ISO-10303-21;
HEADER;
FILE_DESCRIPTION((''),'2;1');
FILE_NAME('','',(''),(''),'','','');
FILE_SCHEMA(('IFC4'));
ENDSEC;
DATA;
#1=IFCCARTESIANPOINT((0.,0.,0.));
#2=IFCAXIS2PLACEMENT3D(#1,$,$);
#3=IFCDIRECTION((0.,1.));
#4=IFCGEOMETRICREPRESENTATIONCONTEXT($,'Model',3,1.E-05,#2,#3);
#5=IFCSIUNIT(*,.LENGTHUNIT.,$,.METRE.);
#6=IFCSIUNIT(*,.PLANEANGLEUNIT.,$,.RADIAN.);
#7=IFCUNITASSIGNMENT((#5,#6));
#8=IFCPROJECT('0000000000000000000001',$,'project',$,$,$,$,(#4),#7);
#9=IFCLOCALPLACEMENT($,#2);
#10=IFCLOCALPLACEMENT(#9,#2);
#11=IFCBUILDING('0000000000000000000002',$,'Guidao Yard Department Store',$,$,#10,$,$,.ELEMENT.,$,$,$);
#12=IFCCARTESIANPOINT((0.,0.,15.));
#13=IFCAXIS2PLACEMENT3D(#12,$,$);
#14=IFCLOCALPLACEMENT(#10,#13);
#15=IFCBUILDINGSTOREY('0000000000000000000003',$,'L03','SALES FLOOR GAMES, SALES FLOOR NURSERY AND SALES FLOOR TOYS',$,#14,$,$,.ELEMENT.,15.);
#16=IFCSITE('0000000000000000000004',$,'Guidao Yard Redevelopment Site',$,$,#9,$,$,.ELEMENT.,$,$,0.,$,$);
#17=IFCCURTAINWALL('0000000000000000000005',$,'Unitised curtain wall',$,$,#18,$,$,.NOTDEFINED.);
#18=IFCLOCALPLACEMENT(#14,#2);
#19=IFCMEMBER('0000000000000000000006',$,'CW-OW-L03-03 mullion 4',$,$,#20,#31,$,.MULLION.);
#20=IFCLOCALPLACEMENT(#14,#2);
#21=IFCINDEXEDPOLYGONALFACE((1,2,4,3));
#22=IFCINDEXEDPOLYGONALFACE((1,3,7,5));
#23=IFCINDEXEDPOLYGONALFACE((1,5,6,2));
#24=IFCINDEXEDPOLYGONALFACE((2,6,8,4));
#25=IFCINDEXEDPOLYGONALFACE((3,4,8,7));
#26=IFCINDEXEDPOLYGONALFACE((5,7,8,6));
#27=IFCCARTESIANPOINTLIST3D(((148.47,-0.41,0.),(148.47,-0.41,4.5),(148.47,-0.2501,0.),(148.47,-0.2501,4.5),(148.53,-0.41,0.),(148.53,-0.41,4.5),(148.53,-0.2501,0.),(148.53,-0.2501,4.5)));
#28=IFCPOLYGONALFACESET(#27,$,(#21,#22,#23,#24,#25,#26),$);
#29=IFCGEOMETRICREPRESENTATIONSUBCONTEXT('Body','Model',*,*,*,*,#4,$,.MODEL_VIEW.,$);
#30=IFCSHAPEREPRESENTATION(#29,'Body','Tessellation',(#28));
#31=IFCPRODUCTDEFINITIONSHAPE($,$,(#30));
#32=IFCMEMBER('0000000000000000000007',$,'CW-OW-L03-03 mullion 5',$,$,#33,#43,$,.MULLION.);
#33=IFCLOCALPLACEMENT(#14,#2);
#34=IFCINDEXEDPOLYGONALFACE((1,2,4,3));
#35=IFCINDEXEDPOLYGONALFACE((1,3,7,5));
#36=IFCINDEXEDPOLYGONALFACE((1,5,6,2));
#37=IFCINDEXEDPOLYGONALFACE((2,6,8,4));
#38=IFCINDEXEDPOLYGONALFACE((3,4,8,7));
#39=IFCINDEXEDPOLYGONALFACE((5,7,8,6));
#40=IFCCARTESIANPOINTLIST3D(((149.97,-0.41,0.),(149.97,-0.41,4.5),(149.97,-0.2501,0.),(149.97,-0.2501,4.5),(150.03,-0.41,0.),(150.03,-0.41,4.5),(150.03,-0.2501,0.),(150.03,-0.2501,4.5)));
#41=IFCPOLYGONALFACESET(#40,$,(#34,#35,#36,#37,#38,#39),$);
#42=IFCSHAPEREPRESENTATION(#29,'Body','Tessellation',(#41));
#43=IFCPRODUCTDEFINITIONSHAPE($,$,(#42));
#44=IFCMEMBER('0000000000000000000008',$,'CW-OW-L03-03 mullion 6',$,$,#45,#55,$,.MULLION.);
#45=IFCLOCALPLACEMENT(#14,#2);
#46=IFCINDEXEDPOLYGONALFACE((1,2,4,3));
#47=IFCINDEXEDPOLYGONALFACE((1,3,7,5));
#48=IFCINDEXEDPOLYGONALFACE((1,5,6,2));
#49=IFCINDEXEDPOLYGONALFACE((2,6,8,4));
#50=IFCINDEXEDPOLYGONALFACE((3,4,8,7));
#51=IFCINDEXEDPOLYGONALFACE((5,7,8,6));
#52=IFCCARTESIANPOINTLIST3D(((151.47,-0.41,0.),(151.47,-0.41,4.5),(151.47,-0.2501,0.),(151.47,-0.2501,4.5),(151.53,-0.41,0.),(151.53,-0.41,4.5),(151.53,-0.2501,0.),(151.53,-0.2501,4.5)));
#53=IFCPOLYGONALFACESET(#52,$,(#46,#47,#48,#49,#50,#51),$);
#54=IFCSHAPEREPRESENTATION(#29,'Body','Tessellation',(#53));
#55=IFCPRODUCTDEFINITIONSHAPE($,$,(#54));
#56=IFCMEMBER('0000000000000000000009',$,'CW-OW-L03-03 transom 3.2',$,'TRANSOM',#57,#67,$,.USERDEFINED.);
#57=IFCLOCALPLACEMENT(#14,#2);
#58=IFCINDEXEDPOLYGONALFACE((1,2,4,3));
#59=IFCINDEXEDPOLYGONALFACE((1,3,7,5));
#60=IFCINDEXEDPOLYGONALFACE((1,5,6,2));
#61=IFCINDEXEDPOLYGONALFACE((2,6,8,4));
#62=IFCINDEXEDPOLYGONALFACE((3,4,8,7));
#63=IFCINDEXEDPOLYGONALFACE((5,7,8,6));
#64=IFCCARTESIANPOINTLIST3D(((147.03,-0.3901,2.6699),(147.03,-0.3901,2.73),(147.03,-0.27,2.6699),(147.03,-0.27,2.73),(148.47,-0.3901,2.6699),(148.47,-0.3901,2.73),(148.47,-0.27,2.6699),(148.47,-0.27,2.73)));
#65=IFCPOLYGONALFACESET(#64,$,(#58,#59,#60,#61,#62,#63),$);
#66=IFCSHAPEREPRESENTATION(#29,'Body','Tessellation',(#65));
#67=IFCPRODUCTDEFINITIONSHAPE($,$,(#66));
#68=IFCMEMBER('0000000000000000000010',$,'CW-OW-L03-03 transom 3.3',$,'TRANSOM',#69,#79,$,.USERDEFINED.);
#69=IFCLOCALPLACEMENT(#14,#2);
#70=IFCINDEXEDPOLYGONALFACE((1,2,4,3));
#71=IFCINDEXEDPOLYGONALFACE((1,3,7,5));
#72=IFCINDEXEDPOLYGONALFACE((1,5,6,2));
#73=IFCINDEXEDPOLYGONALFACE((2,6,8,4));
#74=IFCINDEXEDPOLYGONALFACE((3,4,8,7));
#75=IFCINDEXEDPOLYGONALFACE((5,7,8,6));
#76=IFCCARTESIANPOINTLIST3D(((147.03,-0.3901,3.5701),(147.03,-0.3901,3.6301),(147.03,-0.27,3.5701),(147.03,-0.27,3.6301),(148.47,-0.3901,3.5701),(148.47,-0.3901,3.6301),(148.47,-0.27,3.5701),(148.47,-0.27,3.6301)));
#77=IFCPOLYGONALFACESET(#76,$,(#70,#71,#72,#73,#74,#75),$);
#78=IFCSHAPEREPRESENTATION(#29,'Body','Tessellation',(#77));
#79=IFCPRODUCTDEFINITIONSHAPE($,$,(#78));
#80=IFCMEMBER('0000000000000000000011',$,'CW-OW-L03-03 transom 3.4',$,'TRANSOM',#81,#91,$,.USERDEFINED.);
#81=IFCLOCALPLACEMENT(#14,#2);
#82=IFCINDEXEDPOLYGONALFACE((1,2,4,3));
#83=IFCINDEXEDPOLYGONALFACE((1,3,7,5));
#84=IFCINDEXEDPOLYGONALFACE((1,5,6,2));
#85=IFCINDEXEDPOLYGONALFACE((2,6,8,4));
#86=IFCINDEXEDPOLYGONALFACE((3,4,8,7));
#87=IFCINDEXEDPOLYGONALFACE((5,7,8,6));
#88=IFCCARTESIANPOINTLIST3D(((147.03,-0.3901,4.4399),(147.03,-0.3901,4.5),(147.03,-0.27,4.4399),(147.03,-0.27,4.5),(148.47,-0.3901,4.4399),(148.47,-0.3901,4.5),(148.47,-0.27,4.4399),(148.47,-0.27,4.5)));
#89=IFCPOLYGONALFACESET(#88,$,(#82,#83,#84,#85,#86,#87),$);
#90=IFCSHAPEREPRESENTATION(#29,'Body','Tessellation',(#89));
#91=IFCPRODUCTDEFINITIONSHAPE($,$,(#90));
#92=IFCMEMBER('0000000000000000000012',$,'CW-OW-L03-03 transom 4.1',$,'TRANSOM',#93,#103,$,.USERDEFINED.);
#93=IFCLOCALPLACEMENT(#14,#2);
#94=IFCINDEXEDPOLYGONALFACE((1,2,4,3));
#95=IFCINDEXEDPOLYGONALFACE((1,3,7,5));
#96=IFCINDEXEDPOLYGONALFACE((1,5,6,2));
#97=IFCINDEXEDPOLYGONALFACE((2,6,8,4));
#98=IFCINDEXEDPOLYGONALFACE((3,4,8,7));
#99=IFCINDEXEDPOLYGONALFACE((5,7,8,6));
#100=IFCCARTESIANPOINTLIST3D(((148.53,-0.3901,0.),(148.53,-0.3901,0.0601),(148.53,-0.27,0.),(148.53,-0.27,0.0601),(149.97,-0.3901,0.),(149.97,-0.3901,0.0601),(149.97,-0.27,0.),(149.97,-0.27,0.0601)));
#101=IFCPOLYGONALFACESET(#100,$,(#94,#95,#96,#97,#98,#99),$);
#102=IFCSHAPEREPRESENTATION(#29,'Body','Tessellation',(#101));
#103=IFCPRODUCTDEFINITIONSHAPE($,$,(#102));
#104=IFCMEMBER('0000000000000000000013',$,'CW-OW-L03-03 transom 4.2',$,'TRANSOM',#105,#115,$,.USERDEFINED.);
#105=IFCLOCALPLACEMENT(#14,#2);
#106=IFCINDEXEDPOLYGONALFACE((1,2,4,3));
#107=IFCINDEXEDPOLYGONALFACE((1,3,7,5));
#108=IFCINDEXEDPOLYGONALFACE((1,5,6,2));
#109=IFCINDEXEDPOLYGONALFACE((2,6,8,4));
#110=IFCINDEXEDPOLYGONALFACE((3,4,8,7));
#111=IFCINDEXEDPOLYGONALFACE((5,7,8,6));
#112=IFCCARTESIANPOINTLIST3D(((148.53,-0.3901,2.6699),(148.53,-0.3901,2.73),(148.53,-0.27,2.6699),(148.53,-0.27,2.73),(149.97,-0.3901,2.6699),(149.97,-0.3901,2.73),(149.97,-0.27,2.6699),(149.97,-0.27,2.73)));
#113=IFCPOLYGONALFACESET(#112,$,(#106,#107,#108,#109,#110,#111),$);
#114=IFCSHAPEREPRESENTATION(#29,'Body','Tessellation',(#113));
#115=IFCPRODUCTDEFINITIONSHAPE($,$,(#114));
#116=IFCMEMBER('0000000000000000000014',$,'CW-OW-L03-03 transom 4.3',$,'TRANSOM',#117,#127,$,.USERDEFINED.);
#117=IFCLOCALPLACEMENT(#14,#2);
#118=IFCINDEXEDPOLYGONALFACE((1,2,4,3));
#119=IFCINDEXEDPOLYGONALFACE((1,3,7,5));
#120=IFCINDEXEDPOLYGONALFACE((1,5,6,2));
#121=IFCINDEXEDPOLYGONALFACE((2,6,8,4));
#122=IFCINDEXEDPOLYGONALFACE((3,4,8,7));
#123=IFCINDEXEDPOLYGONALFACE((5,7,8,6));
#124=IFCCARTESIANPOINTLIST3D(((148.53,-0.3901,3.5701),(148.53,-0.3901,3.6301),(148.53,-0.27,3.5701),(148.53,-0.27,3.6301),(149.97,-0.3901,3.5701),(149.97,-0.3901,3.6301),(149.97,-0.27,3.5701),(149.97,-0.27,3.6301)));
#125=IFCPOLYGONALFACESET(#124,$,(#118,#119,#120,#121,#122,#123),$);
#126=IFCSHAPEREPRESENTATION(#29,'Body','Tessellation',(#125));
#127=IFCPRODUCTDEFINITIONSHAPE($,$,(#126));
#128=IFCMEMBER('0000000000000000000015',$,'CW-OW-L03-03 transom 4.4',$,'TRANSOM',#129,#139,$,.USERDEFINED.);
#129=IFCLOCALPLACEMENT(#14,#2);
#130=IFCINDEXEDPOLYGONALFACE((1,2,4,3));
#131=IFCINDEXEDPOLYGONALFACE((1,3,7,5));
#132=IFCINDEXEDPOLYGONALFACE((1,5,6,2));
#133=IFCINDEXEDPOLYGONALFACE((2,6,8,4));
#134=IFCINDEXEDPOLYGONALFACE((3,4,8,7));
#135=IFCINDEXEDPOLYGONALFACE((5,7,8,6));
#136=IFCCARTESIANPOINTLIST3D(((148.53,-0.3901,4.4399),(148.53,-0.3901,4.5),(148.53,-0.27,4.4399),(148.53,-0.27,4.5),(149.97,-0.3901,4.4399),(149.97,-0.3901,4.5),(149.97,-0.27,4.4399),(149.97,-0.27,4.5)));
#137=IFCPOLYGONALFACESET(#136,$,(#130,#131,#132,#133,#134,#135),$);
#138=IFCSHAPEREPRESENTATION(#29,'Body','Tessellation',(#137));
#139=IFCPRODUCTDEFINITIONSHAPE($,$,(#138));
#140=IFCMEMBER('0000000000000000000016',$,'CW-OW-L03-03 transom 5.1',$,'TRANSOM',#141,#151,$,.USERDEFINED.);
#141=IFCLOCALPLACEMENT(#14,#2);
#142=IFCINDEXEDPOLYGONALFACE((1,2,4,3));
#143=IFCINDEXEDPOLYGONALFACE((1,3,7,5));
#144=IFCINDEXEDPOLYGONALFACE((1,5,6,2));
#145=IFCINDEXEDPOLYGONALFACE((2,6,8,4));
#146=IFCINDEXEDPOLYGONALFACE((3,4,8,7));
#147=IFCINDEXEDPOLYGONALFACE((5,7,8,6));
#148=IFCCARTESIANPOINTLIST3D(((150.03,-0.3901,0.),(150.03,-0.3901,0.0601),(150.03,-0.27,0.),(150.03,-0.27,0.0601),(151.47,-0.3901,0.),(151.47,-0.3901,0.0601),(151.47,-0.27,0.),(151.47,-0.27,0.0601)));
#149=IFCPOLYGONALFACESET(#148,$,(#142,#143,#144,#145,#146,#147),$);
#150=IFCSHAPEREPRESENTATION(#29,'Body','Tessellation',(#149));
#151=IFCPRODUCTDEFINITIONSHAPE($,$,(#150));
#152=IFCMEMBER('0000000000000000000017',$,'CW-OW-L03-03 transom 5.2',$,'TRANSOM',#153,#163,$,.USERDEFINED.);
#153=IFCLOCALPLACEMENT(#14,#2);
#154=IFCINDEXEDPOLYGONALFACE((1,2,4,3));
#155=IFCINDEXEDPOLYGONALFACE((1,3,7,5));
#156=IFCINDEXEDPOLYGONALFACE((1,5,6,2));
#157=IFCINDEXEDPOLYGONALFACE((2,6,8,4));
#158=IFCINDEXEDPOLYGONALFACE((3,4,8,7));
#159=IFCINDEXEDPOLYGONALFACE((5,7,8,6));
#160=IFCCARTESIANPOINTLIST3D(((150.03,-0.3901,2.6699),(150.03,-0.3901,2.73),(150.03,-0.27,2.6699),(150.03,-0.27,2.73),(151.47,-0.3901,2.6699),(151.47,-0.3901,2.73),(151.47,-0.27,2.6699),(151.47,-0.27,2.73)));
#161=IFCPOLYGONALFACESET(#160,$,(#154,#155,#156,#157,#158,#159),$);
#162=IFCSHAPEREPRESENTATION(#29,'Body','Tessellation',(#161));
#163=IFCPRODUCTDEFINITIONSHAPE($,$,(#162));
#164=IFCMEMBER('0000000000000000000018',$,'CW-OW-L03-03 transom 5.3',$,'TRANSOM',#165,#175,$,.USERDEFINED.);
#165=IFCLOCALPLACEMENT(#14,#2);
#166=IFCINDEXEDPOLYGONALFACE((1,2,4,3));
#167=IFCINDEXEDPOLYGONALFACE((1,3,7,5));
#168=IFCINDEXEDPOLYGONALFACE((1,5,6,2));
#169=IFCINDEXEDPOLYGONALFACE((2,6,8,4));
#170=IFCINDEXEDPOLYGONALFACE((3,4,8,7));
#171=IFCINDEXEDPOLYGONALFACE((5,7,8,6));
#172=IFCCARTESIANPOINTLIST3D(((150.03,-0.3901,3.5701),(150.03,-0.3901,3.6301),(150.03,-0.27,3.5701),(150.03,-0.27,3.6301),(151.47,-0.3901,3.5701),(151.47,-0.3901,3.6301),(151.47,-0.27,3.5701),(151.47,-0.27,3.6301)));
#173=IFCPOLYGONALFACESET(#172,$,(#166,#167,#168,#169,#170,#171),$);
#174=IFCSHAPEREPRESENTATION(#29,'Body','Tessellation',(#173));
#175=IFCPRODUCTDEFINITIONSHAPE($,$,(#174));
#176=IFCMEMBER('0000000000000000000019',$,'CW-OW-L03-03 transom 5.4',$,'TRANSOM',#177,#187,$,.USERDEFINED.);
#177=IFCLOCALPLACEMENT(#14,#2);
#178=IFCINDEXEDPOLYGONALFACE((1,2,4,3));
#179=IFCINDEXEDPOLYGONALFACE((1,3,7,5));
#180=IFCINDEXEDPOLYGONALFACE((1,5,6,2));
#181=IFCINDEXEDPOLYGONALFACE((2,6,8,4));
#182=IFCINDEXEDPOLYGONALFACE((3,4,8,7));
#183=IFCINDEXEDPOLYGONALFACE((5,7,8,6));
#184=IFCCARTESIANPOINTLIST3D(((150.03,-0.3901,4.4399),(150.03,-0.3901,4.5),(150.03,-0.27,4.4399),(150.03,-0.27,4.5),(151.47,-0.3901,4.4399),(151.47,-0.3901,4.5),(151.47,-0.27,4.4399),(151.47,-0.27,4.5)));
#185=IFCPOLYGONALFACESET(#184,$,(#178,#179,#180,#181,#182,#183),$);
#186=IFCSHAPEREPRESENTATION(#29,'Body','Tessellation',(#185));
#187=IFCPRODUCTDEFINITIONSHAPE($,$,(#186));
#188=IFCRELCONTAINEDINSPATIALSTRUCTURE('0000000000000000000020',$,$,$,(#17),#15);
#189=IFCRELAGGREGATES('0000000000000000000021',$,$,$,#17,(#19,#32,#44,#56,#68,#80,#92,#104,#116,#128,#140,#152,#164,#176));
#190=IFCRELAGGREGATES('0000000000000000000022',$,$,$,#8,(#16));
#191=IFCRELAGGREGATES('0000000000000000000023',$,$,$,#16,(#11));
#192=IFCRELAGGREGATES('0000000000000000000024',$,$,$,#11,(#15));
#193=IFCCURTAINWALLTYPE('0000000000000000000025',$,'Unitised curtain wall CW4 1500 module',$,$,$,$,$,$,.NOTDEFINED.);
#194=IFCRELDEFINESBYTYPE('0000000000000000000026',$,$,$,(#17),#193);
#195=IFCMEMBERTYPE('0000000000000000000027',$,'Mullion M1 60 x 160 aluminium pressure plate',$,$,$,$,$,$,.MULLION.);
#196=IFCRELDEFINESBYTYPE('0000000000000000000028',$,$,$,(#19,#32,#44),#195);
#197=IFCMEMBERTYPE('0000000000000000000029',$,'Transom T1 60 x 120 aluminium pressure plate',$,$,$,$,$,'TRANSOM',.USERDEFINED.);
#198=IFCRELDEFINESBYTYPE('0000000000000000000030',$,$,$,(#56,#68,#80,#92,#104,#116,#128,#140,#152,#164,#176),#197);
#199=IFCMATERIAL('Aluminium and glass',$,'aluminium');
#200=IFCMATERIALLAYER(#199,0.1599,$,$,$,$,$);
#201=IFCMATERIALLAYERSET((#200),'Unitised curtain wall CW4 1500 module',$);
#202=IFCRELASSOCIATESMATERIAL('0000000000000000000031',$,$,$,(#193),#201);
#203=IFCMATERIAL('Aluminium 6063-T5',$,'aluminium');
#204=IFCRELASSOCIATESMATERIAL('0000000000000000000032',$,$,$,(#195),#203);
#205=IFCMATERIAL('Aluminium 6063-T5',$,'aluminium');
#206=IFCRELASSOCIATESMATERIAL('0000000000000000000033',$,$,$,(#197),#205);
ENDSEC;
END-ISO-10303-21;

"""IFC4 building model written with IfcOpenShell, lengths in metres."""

from ifc_helpers import new_model, si_unit, direction, frame, origin, origin_2d, place, context, subcontext, project, spatial, rectangle, extrude, material, layer, layer_set, material_profile, profile_set, type_object, element, aggregate, save


model = new_model("IFC4")

# Units and contexts
model_context = context("Model", 3, precision=1e-05, world=origin(), true_north=direction((0.0, 1.0)))
body_context = subcontext(model_context, "Body", "Model", "MODEL_VIEW")
ifc_project = project(units=[si_unit("LENGTHUNIT", "METRE"), si_unit("PLANEANGLEUNIT", "RADIAN")], contexts=[model_context])

# Site, building, storey
site_placement = place(None, origin())
site = spatial("IfcSite", under=ifc_project, at=site_placement, Name="Guidao Yard Redevelopment Site", CompositionType="ELEMENT", RefElevation=0.0)
building_placement = place(site_placement, origin())
building = spatial("IfcBuilding", under=site, at=building_placement, Name="Guidao Yard Department Store", CompositionType="ELEMENT")
storey_placement = place(building_placement, frame((0.0, 0.0, 15.0)))
storey = spatial("IfcBuildingStorey", under=building, at=storey_placement, Name="L03", Description="SALES FLOOR GAMES, SALES FLOOR NURSERY AND SALES FLOOR TOYS", CompositionType="ELEMENT", Elevation=15.0)

# Curtain wall, members
ifc_material_1 = material(Name="Aluminium and glass", Category="aluminium")
ifc_layer_1 = layer(ifc_material_1, 0.1599)
ifc_layer_set_1 = layer_set([ifc_layer_1], Name="Unitised curtain wall CW4 1500 module")
curtain_wall_type = type_object("IfcCurtainWallType", Name="Unitised curtain wall CW4 1500 module", PredefinedType="NOTDEFINED", material=ifc_layer_set_1)
curtain_wall_placement = place(storey_placement, origin())
curtain_wall = element("IfcCurtainWall", 1, at=curtain_wall_placement, inside=storey, type_object=curtain_wall_type, Name="Unitised curtain wall", PredefinedType="NOTDEFINED")
ifc_material_2 = material(Name="Aluminium 6063-T5", Category="aluminium")
ifc_material_profile_1 = material_profile(ifc_material_2, rectangle(XDim=0.0601, YDim=0.1599, at=origin_2d()), Name="Mullion M1 60 x 160 aluminium pressure plate")
ifc_profile_set_1 = profile_set([ifc_material_profile_1], Name="Aluminium 6063-T5")
member_type_1 = type_object("IfcMemberType", Name="Mullion M1 60 x 160 aluminium pressure plate", PredefinedType="MULLION", material=ifc_profile_set_1)
member_1_placement = place(storey_placement, frame((148.5, -0.3301, 0.0), z_axis=(0.0, 0.0, 1.0), x_axis=(-1.0, 0.0, 0.0)))
member_1 = element("IfcMember", 2, at=member_1_placement, type_object=member_type_1, Name="CW-OW-L03-03 mullion 4", PredefinedType="MULLION", context=body_context, shape_type="SweptSolid", body=[
    extrude(rectangle(XDim=0.0601, YDim=0.1599, at=origin_2d()), origin(), (0.0, 0.0, 1.0), 4.5),
])
member_2_placement = place(storey_placement, frame((150.0, -0.3301, 0.0), z_axis=(0.0, 0.0, 1.0), x_axis=(-1.0, 0.0, 0.0)))
member_2 = element("IfcMember", 3, at=member_2_placement, type_object=member_type_1, Name="CW-OW-L03-03 mullion 5", PredefinedType="MULLION", context=body_context, shape_type="SweptSolid", body=[
    extrude(rectangle(XDim=0.0601, YDim=0.1599, at=origin_2d()), origin(), (0.0, 0.0, 1.0), 4.5),
])
member_3_placement = place(storey_placement, frame((151.5, -0.3301, 0.0), z_axis=(0.0, 0.0, 1.0), x_axis=(-1.0, 0.0, 0.0)))
member_3 = element("IfcMember", 4, at=member_3_placement, type_object=member_type_1, Name="CW-OW-L03-03 mullion 6", PredefinedType="MULLION", context=body_context, shape_type="SweptSolid", body=[
    extrude(rectangle(XDim=0.0601, YDim=0.1599, at=origin_2d()), origin(), (0.0, 0.0, 1.0), 4.5),
])
ifc_material_3 = material(Name="Aluminium 6063-T5", Category="aluminium")
ifc_material_profile_2 = material_profile(ifc_material_3, rectangle(XDim=0.1201, YDim=0.0601, at=origin_2d()), Name="Transom T1 60 x 120 aluminium pressure plate")
ifc_profile_set_2 = profile_set([ifc_material_profile_2], Name="Aluminium 6063-T5")
member_type_2 = type_object("IfcMemberType", Name="Transom T1 60 x 120 aluminium pressure plate", ElementType="TRANSOM", PredefinedType="USERDEFINED", material=ifc_profile_set_2)
member_4_placement = place(storey_placement, frame((148.47, -0.3301, 2.7), z_axis=(-1.0, 0.0, 0.0), x_axis=(0.0, -1.0, 0.0)))
member_4 = element("IfcMember", 5, at=member_4_placement, type_object=member_type_2, Name="CW-OW-L03-03 transom 3.2", ObjectType="TRANSOM", PredefinedType="USERDEFINED", context=body_context, shape_type="SweptSolid", body=[
    extrude(rectangle(XDim=0.1201, YDim=0.0601, at=origin_2d()), origin(), (0.0, 0.0, 1.0), 1.4399),
])
member_5_placement = place(storey_placement, frame((148.47, -0.3301, 3.6001), z_axis=(-1.0, 0.0, 0.0), x_axis=(0.0, -1.0, 0.0)))
member_5 = element("IfcMember", 6, at=member_5_placement, type_object=member_type_2, Name="CW-OW-L03-03 transom 3.3", ObjectType="TRANSOM", PredefinedType="USERDEFINED", context=body_context, shape_type="SweptSolid", body=[
    extrude(rectangle(XDim=0.1201, YDim=0.0601, at=origin_2d()), origin(), (0.0, 0.0, 1.0), 1.4399),
])
member_6_placement = place(storey_placement, frame((148.47, -0.3301, 4.47), z_axis=(-1.0, 0.0, 0.0), x_axis=(0.0, -1.0, 0.0)))
member_6 = element("IfcMember", 7, at=member_6_placement, type_object=member_type_2, Name="CW-OW-L03-03 transom 3.4", ObjectType="TRANSOM", PredefinedType="USERDEFINED", context=body_context, shape_type="SweptSolid", body=[
    extrude(rectangle(XDim=0.1201, YDim=0.0601, at=origin_2d()), origin(), (0.0, 0.0, 1.0), 1.4399),
])
member_7_placement = place(storey_placement, frame((149.97, -0.3301, 0.03), z_axis=(-1.0, 0.0, 0.0), x_axis=(0.0, -1.0, 0.0)))
member_7 = element("IfcMember", 8, at=member_7_placement, type_object=member_type_2, Name="CW-OW-L03-03 transom 4.1", ObjectType="TRANSOM", PredefinedType="USERDEFINED", context=body_context, shape_type="SweptSolid", body=[
    extrude(rectangle(XDim=0.1201, YDim=0.0601, at=origin_2d()), origin(), (0.0, 0.0, 1.0), 1.4399),
])
member_8_placement = place(storey_placement, frame((149.97, -0.3301, 2.7), z_axis=(-1.0, 0.0, 0.0), x_axis=(0.0, -1.0, 0.0)))
member_8 = element("IfcMember", 9, at=member_8_placement, type_object=member_type_2, Name="CW-OW-L03-03 transom 4.2", ObjectType="TRANSOM", PredefinedType="USERDEFINED", context=body_context, shape_type="SweptSolid", body=[
    extrude(rectangle(XDim=0.1201, YDim=0.0601, at=origin_2d()), origin(), (0.0, 0.0, 1.0), 1.4399),
])
member_9_placement = place(storey_placement, frame((149.97, -0.3301, 3.6001), z_axis=(-1.0, 0.0, 0.0), x_axis=(0.0, -1.0, 0.0)))
member_9 = element("IfcMember", 10, at=member_9_placement, type_object=member_type_2, Name="CW-OW-L03-03 transom 4.3", ObjectType="TRANSOM", PredefinedType="USERDEFINED", context=body_context, shape_type="SweptSolid", body=[
    extrude(rectangle(XDim=0.1201, YDim=0.0601, at=origin_2d()), origin(), (0.0, 0.0, 1.0), 1.4399),
])
member_10_placement = place(storey_placement, frame((149.97, -0.3301, 4.47), z_axis=(-1.0, 0.0, 0.0), x_axis=(0.0, -1.0, 0.0)))
member_10 = element("IfcMember", 11, at=member_10_placement, type_object=member_type_2, Name="CW-OW-L03-03 transom 4.4", ObjectType="TRANSOM", PredefinedType="USERDEFINED", context=body_context, shape_type="SweptSolid", body=[
    extrude(rectangle(XDim=0.1201, YDim=0.0601, at=origin_2d()), origin(), (0.0, 0.0, 1.0), 1.4399),
])
member_11_placement = place(storey_placement, frame((151.47, -0.3301, 0.03), z_axis=(-1.0, 0.0, 0.0), x_axis=(0.0, -1.0, 0.0)))
member_11 = element("IfcMember", 12, at=member_11_placement, type_object=member_type_2, Name="CW-OW-L03-03 transom 5.1", ObjectType="TRANSOM", PredefinedType="USERDEFINED", context=body_context, shape_type="SweptSolid", body=[
    extrude(rectangle(XDim=0.1201, YDim=0.0601, at=origin_2d()), origin(), (0.0, 0.0, 1.0), 1.4399),
])
member_12_placement = place(storey_placement, frame((151.47, -0.3301, 2.7), z_axis=(-1.0, 0.0, 0.0), x_axis=(0.0, -1.0, 0.0)))
member_12 = element("IfcMember", 13, at=member_12_placement, type_object=member_type_2, Name="CW-OW-L03-03 transom 5.2", ObjectType="TRANSOM", PredefinedType="USERDEFINED", context=body_context, shape_type="SweptSolid", body=[
    extrude(rectangle(XDim=0.1201, YDim=0.0601, at=origin_2d()), origin(), (0.0, 0.0, 1.0), 1.4399),
])
member_13_placement = place(storey_placement, frame((151.47, -0.3301, 3.6001), z_axis=(-1.0, 0.0, 0.0), x_axis=(0.0, -1.0, 0.0)))
member_13 = element("IfcMember", 14, at=member_13_placement, type_object=member_type_2, Name="CW-OW-L03-03 transom 5.3", ObjectType="TRANSOM", PredefinedType="USERDEFINED", context=body_context, shape_type="SweptSolid", body=[
    extrude(rectangle(XDim=0.1201, YDim=0.0601, at=origin_2d()), origin(), (0.0, 0.0, 1.0), 1.4399),
])
member_14_placement = place(storey_placement, frame((151.47, -0.3301, 4.47), z_axis=(-1.0, 0.0, 0.0), x_axis=(0.0, -1.0, 0.0)))
member_14 = element("IfcMember", 15, at=member_14_placement, type_object=member_type_2, Name="CW-OW-L03-03 transom 5.4", ObjectType="TRANSOM", PredefinedType="USERDEFINED", context=body_context, shape_type="SweptSolid", body=[
    extrude(rectangle(XDim=0.1201, YDim=0.0601, at=origin_2d()), origin(), (0.0, 0.0, 1.0), 1.4399),
])
aggregate(curtain_wall, [member_1, member_2, member_3, member_4, member_5, member_6, member_7, member_8, member_9, member_10, member_11, member_12, member_13, member_14])

save(model, "model.ifc")
